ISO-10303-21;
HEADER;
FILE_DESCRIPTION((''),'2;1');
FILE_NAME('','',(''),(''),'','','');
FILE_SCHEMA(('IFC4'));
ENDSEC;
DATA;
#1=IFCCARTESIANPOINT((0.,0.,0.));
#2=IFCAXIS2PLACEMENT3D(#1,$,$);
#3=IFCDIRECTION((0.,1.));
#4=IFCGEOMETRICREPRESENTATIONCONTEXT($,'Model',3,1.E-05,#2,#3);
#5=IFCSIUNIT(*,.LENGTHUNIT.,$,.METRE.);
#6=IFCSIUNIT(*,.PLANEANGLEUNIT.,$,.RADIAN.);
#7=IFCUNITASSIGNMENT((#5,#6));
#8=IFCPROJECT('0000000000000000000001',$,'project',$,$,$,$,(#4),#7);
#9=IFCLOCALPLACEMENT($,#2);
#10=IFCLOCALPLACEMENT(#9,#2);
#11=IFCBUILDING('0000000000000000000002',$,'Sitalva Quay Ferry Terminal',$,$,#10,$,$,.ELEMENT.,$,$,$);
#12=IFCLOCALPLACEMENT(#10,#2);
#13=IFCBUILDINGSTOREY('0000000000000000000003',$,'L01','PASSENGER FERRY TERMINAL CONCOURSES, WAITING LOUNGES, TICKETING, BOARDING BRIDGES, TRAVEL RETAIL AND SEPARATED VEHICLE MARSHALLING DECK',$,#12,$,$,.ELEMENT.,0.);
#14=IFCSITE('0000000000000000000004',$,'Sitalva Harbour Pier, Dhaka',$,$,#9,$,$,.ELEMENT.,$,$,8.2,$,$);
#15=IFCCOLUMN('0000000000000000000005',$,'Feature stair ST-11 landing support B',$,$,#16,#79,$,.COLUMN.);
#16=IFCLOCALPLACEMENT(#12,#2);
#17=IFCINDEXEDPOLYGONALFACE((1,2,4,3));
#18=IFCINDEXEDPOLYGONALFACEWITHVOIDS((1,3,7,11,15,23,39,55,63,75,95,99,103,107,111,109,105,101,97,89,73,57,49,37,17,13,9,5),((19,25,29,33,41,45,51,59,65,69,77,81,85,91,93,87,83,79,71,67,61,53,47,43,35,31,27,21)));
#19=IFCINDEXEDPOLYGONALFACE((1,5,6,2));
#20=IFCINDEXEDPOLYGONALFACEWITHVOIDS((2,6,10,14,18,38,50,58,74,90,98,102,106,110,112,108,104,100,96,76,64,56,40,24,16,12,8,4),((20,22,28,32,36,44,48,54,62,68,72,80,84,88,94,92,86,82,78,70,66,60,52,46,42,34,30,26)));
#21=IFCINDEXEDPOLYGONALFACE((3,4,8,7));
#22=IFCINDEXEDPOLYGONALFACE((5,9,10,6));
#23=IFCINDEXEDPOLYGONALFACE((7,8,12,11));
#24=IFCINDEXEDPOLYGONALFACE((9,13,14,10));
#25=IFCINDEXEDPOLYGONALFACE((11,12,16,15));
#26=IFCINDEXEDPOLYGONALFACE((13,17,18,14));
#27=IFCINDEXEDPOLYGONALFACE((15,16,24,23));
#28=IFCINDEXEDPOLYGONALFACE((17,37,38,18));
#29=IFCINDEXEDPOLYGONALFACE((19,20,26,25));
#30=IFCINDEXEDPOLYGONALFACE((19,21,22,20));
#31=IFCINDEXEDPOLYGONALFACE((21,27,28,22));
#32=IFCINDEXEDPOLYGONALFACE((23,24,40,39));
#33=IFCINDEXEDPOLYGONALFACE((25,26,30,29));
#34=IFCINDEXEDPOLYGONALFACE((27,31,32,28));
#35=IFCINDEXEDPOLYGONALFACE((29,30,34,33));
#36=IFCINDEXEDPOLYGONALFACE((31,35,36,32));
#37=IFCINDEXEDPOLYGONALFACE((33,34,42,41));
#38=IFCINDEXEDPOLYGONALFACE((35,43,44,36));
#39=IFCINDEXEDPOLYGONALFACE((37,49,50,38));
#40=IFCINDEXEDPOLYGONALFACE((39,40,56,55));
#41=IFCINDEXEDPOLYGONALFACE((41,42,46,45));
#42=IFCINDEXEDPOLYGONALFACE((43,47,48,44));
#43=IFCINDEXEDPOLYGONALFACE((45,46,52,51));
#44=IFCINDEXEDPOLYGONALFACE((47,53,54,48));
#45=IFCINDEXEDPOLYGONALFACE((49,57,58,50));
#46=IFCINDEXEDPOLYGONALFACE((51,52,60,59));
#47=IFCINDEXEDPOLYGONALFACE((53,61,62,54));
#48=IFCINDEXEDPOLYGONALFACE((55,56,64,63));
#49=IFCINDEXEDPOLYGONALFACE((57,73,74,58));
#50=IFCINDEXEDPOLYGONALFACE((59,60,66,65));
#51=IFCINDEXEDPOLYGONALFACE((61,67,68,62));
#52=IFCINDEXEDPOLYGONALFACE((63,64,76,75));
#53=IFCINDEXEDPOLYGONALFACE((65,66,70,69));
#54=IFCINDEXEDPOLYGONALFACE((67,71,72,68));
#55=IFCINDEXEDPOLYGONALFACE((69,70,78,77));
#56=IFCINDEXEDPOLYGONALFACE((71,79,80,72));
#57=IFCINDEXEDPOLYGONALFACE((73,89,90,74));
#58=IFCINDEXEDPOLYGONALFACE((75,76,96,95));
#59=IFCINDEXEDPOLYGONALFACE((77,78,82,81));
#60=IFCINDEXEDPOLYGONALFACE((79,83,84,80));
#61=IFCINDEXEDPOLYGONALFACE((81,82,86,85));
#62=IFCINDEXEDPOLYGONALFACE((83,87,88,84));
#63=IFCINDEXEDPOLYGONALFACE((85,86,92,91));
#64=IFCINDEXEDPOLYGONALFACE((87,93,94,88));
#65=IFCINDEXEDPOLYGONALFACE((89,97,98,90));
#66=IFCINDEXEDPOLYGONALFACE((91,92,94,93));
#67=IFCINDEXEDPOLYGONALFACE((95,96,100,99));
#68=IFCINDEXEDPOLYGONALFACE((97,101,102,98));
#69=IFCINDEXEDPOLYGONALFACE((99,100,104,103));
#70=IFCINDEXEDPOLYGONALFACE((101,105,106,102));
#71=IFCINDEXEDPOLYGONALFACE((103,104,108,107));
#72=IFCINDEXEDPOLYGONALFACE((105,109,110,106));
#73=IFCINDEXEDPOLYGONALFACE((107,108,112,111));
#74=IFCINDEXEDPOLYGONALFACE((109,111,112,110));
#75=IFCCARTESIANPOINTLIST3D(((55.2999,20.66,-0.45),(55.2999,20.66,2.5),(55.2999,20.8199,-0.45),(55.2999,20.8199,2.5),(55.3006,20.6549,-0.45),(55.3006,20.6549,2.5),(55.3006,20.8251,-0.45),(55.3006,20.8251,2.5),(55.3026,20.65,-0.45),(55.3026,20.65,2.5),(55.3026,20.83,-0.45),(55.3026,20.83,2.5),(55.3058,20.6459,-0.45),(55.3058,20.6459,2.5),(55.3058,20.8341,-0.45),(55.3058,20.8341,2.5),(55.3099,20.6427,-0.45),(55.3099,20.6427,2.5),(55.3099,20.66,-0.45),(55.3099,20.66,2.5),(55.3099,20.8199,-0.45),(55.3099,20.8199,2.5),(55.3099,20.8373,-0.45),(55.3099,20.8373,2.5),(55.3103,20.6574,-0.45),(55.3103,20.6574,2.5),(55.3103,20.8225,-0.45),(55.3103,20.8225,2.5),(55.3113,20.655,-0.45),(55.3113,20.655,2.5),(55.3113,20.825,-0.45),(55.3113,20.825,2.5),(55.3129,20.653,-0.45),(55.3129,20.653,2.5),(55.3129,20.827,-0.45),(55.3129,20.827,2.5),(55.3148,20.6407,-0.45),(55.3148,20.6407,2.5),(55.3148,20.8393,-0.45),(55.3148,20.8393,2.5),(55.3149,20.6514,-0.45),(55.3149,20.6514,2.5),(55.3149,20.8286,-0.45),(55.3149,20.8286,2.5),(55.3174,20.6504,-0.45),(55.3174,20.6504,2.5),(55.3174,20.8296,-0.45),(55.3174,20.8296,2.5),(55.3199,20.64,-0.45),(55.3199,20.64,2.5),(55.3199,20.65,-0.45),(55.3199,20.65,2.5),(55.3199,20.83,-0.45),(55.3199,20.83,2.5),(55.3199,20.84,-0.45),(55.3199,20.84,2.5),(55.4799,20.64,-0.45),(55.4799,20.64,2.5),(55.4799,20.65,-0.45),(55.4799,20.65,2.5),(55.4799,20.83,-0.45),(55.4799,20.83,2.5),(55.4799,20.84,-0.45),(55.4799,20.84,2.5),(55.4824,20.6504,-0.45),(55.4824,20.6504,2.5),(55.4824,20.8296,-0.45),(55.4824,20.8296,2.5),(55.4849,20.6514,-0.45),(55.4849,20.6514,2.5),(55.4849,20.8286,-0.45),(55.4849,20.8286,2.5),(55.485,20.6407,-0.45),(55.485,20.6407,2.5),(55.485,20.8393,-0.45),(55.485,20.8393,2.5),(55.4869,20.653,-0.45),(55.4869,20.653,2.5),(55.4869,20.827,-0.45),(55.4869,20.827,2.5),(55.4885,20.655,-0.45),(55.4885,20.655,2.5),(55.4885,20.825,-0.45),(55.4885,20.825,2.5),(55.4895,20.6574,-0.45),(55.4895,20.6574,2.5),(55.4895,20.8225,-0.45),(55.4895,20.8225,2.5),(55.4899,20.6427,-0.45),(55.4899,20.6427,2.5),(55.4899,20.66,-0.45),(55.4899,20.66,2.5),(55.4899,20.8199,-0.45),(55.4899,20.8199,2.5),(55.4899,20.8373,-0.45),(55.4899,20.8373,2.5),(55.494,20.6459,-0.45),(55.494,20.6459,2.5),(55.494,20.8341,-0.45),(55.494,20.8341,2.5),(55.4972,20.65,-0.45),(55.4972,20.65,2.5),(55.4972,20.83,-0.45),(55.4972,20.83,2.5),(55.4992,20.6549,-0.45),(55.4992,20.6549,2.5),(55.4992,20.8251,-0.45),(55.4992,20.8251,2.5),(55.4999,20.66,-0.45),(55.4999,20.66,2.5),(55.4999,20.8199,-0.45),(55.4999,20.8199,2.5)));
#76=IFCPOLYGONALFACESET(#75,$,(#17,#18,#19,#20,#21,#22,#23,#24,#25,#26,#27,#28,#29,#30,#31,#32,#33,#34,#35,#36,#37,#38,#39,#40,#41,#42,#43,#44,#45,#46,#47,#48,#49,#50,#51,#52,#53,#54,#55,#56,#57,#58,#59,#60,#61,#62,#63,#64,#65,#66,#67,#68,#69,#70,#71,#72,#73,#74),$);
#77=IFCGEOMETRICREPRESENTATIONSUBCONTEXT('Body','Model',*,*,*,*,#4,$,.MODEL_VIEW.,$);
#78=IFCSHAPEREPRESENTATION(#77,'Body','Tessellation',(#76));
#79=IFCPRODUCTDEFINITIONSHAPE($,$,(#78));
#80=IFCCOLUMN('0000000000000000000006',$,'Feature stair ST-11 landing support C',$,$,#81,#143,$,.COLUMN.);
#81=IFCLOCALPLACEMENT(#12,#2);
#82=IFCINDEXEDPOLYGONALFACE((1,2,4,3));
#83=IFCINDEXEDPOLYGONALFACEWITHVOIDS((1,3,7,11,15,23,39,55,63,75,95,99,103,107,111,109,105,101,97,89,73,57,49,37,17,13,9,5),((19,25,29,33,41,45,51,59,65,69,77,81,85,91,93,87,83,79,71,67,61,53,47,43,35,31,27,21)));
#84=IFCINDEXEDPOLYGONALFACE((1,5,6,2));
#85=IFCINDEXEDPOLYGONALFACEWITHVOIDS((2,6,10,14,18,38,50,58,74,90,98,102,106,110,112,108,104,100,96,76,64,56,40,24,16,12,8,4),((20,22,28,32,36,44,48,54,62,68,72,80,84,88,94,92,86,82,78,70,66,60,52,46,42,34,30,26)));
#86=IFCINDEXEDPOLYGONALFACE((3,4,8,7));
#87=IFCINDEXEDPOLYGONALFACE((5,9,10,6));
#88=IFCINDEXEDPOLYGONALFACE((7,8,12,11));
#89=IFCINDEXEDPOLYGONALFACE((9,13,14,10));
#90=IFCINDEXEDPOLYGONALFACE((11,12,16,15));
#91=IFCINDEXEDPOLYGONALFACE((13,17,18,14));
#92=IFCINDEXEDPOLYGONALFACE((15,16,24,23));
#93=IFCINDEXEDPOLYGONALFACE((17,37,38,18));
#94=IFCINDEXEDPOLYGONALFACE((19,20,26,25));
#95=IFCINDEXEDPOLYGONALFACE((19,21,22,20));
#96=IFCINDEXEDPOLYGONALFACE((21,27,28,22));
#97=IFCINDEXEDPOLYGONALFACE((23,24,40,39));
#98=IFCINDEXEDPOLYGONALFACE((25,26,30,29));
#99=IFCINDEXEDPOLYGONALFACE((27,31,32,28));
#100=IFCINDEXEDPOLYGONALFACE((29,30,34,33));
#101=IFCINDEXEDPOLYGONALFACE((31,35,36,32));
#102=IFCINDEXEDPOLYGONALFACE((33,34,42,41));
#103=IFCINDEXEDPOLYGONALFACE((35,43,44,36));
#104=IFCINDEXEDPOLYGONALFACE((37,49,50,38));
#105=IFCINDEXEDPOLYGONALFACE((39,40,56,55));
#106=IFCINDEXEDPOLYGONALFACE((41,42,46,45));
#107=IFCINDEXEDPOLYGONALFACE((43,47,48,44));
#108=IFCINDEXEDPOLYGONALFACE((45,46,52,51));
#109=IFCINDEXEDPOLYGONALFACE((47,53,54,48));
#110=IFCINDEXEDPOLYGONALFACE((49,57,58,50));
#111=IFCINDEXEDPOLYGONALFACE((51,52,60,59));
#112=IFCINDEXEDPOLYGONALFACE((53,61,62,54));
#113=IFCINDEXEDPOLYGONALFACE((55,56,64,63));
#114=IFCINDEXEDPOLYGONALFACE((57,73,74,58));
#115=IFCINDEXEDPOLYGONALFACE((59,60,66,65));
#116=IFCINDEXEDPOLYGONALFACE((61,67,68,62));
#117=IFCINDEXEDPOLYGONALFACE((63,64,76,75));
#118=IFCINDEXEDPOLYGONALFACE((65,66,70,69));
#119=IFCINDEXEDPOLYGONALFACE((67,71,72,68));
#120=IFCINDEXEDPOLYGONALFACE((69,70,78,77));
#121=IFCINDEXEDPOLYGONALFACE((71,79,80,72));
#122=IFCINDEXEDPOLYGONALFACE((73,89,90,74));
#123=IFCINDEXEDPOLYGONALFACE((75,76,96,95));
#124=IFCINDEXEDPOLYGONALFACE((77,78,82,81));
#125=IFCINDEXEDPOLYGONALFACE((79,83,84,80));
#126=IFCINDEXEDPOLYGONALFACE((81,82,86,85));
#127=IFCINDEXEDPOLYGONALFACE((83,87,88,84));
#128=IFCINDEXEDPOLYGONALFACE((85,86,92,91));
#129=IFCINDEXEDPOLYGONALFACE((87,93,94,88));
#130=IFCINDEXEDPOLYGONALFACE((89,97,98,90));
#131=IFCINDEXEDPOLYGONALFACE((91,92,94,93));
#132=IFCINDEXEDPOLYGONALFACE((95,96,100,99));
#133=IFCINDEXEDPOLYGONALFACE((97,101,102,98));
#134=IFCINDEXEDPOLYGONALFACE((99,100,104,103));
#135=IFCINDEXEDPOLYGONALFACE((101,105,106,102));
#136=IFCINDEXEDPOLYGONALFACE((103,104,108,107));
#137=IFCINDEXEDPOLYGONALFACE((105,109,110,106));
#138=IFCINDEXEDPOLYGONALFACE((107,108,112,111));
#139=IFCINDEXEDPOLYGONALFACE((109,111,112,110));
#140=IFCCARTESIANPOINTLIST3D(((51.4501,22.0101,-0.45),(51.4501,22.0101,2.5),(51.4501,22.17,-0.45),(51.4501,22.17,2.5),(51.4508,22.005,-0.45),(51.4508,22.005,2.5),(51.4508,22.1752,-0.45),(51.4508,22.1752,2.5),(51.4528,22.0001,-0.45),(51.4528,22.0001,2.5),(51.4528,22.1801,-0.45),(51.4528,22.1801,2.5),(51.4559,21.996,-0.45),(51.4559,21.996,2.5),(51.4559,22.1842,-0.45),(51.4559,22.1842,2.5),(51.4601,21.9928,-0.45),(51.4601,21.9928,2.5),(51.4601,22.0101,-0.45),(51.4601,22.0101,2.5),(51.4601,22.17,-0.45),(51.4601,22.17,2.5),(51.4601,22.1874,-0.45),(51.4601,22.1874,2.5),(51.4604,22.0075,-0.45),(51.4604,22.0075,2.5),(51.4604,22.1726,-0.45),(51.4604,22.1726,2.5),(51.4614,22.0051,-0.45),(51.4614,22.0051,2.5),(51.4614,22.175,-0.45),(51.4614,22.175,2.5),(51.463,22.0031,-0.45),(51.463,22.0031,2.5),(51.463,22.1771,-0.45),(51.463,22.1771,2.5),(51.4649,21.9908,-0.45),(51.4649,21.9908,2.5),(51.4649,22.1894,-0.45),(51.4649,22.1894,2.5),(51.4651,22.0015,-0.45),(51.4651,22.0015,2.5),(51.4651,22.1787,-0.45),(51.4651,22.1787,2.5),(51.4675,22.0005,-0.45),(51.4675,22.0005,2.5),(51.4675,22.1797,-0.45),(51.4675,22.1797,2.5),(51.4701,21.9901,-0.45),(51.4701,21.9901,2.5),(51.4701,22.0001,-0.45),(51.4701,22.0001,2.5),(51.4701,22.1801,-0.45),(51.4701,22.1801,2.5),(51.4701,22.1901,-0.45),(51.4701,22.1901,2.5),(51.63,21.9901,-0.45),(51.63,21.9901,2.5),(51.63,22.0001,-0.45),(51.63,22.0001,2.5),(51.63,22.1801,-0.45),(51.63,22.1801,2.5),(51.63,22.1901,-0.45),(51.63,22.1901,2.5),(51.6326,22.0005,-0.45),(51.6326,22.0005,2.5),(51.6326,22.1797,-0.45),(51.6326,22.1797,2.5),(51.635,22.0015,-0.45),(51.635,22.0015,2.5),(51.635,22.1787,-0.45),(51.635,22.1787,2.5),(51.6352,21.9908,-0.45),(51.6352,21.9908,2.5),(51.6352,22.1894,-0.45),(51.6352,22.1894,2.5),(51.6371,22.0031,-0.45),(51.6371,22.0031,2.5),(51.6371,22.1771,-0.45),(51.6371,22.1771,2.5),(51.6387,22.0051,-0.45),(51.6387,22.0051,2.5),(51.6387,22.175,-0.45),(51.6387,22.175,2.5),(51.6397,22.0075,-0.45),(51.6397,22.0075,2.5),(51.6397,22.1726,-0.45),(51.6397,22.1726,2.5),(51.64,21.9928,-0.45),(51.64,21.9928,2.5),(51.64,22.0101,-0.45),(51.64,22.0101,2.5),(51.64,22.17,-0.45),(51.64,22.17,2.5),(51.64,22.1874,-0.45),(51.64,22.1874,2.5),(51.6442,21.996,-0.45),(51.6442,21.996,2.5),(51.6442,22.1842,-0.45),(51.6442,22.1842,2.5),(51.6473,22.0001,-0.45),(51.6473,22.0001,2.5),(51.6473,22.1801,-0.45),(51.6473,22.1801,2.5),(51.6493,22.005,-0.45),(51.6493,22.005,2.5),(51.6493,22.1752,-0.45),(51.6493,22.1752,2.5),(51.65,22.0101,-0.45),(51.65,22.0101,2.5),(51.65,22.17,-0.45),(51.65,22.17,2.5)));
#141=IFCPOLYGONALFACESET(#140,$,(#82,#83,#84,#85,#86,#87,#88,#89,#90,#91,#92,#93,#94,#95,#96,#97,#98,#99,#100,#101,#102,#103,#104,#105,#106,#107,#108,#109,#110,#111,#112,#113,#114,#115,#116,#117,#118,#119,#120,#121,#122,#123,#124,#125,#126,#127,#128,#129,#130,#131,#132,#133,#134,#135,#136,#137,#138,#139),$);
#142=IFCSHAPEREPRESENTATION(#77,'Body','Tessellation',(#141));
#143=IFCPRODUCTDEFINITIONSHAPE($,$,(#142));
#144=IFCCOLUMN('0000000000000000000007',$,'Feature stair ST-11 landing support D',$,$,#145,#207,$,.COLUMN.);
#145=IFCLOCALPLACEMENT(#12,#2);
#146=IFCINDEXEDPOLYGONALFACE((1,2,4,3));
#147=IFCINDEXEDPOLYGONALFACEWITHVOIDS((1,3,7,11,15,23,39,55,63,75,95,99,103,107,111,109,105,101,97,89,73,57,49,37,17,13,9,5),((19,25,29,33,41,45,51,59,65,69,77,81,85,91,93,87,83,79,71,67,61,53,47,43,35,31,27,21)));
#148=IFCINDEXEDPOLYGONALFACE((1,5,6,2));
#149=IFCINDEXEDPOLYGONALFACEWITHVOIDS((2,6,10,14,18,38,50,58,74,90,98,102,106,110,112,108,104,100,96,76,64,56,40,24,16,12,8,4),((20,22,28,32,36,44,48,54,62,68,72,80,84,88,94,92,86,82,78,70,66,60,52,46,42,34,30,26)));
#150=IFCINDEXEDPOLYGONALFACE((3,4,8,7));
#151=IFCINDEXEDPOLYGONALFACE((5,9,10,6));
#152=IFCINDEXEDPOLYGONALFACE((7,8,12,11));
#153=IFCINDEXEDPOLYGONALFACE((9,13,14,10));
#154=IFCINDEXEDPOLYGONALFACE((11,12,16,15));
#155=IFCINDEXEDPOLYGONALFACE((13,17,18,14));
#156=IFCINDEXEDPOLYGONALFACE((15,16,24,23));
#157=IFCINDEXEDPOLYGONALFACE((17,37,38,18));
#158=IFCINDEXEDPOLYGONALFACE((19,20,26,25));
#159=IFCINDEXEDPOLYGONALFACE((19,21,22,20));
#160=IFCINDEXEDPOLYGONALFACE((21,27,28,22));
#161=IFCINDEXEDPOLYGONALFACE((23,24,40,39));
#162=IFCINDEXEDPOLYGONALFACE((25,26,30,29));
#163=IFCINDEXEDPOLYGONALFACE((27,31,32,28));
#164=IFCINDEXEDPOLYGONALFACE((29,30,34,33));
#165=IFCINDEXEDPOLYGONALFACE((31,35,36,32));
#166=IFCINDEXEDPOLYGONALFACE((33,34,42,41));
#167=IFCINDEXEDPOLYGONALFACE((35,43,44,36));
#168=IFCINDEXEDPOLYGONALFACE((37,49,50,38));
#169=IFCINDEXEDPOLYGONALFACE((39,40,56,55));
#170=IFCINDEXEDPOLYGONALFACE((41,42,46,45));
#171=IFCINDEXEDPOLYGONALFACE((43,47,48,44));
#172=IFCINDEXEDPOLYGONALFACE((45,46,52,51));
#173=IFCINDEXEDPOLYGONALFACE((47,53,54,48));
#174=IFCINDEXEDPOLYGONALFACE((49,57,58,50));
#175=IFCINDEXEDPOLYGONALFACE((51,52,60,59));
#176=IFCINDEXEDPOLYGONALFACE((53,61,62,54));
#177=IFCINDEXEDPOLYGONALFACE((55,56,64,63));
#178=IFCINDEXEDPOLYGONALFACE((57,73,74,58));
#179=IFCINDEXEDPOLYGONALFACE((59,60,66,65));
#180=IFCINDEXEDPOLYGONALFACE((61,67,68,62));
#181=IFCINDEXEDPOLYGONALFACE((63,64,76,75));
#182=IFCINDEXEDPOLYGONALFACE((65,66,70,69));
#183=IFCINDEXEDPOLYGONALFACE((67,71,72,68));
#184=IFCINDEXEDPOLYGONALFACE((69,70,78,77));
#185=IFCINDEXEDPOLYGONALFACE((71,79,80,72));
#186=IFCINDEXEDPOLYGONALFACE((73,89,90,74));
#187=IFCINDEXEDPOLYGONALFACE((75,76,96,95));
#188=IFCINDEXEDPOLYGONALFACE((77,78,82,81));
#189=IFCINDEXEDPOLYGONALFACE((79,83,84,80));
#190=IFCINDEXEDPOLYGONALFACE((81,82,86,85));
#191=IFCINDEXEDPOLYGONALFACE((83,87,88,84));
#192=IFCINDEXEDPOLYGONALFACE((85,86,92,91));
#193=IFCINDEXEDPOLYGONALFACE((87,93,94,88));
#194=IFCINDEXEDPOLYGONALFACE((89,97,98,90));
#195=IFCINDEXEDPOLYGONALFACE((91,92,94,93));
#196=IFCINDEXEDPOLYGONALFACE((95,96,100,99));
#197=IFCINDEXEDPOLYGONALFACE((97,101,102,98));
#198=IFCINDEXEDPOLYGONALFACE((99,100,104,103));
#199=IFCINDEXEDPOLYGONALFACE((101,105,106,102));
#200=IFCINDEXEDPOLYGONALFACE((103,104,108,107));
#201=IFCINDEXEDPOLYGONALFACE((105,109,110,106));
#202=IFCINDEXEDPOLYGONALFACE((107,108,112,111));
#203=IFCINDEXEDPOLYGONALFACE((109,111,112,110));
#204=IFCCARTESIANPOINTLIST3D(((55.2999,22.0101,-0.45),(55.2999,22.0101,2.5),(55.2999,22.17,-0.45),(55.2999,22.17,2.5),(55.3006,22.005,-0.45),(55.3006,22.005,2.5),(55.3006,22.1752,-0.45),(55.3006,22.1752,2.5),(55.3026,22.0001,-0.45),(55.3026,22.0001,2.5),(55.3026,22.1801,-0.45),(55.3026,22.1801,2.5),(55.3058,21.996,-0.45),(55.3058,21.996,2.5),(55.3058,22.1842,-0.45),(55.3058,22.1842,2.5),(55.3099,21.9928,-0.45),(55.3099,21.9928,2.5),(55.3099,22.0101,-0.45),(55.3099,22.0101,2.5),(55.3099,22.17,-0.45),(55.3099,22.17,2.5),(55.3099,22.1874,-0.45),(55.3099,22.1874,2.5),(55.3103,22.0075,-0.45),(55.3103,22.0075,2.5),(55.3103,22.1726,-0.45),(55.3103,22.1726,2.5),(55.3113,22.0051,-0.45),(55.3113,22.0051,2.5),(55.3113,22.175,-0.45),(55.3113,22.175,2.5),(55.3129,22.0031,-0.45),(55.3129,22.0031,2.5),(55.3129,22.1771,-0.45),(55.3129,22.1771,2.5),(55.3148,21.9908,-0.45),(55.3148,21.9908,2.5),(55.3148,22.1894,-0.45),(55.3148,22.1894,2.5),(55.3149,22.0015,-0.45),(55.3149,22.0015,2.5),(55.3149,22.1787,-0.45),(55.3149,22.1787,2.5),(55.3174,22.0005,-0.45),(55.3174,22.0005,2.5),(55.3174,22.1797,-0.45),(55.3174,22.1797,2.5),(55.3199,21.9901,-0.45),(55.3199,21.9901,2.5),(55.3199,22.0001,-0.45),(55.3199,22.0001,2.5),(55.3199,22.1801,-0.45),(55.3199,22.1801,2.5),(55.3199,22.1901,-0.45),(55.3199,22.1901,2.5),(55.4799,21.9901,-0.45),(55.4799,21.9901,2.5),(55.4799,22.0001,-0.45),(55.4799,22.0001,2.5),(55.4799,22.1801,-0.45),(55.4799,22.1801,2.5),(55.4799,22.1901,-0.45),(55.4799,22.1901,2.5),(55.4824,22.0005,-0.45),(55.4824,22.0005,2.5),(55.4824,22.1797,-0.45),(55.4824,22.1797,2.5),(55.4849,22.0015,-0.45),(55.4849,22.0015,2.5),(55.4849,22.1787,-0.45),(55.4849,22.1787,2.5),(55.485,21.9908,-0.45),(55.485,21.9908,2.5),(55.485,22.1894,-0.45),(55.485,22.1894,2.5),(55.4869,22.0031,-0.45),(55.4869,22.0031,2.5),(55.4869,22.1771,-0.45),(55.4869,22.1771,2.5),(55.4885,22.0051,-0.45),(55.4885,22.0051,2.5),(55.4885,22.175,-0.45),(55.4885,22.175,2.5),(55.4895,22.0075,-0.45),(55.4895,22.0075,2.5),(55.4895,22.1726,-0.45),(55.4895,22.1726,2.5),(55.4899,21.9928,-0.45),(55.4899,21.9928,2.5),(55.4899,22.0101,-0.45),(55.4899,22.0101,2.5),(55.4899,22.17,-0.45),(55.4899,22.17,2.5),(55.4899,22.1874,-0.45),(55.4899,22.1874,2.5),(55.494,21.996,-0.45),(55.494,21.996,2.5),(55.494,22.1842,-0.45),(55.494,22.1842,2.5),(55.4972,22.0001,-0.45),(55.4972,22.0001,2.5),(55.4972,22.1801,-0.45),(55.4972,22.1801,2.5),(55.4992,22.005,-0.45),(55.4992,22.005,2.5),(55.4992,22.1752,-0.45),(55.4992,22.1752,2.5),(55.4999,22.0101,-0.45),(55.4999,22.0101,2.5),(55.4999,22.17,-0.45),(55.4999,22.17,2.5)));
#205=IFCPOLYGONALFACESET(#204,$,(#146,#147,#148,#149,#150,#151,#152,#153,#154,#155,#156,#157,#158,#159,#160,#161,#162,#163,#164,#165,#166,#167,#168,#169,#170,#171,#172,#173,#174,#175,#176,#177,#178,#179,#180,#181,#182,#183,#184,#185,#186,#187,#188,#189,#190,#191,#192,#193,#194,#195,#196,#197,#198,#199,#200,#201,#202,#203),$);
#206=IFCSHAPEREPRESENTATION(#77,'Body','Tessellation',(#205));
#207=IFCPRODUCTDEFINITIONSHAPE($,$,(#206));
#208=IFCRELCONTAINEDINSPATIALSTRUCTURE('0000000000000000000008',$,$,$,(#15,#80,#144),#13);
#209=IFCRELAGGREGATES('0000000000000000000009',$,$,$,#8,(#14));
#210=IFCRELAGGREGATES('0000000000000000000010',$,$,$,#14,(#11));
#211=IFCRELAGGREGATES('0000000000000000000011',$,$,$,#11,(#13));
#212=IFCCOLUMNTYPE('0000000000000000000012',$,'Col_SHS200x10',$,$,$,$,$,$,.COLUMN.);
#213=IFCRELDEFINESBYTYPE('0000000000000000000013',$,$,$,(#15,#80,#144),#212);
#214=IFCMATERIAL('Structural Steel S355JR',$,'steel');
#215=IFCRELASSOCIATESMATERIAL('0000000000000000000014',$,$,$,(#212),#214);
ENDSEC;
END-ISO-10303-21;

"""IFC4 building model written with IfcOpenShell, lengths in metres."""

from ifc_helpers import new_model, si_unit, direction, frame, origin, origin_2d, place, context, subcontext, project, spatial, hollow_rectangle, extrude, material, material_profile, profile_set, type_object, element, save


model = new_model("IFC4")

# Units and contexts
model_context = context("Model", 3, precision=1e-05, world=origin(), true_north=direction((0.0, 1.0)))
body_context = subcontext(model_context, "Body", "Model", "MODEL_VIEW")
ifc_project = project(units=[si_unit("LENGTHUNIT", "METRE"), si_unit("PLANEANGLEUNIT", "RADIAN")], contexts=[model_context])

# Site, building, storey
site_placement = place(None, origin())
site = spatial("IfcSite", under=ifc_project, at=site_placement, Name="Sitalva Harbour Pier, Dhaka", CompositionType="ELEMENT", RefElevation=8.2)
building_placement = place(site_placement, origin())
building = spatial("IfcBuilding", under=site, at=building_placement, Name="Sitalva Quay Ferry Terminal", CompositionType="ELEMENT")
storey_placement = place(building_placement, origin())
storey = spatial("IfcBuildingStorey", under=building, at=storey_placement, Name="L01", Description="PASSENGER FERRY TERMINAL CONCOURSES, WAITING LOUNGES, TICKETING, BOARDING BRIDGES, TRAVEL RETAIL AND SEPARATED VEHICLE MARSHALLING DECK", CompositionType="ELEMENT", Elevation=0.0)

# Columns
ifc_material_1 = material(Name="Structural Steel S355JR", Category="steel")
ifc_material_profile_1 = material_profile(ifc_material_1, hollow_rectangle(XDim=0.2, YDim=0.2, WallThickness=0.01, InnerFilletRadius=0.01, OuterFilletRadius=0.02, at=origin_2d()), Name="SHS200x200x10")
ifc_profile_set_1 = profile_set([ifc_material_profile_1], Name="Structural Steel S355JR")
column_type_1 = type_object("IfcColumnType", Name="Col_SHS200x10", PredefinedType="COLUMN", material=ifc_profile_set_1)
for number, where, z_axis, x_axis, name in (
    (1, (55.3999, 20.74, -0.45), (0.0, 0.0, 1.0), (1.0, 0.0, 0.0), "Feature stair ST-11 landing support B"),
    (2, (51.55, 22.0901, -0.45), (0.0, 0.0, 1.0), (1.0, 0.0, 0.0), "Feature stair ST-11 landing support C"),
    (3, (55.3999, 22.0901, -0.45), (0.0, 0.0, 1.0), (1.0, 0.0, 0.0), "Feature stair ST-11 landing support D"),
):
    element("IfcColumn", number, at=place(storey_placement, frame(where, z_axis=z_axis, x_axis=x_axis)), inside=storey, type_object=column_type_1, Name=name, PredefinedType="COLUMN", context=body_context, shape_type="SweptSolid", body=[
        extrude(hollow_rectangle(XDim=0.2, YDim=0.2, WallThickness=0.01, InnerFilletRadius=0.01, OuterFilletRadius=0.02, at=origin_2d()), origin(), (0.0, 0.0, 1.0), 2.95),
    ])

save(model, "model.ifc")
